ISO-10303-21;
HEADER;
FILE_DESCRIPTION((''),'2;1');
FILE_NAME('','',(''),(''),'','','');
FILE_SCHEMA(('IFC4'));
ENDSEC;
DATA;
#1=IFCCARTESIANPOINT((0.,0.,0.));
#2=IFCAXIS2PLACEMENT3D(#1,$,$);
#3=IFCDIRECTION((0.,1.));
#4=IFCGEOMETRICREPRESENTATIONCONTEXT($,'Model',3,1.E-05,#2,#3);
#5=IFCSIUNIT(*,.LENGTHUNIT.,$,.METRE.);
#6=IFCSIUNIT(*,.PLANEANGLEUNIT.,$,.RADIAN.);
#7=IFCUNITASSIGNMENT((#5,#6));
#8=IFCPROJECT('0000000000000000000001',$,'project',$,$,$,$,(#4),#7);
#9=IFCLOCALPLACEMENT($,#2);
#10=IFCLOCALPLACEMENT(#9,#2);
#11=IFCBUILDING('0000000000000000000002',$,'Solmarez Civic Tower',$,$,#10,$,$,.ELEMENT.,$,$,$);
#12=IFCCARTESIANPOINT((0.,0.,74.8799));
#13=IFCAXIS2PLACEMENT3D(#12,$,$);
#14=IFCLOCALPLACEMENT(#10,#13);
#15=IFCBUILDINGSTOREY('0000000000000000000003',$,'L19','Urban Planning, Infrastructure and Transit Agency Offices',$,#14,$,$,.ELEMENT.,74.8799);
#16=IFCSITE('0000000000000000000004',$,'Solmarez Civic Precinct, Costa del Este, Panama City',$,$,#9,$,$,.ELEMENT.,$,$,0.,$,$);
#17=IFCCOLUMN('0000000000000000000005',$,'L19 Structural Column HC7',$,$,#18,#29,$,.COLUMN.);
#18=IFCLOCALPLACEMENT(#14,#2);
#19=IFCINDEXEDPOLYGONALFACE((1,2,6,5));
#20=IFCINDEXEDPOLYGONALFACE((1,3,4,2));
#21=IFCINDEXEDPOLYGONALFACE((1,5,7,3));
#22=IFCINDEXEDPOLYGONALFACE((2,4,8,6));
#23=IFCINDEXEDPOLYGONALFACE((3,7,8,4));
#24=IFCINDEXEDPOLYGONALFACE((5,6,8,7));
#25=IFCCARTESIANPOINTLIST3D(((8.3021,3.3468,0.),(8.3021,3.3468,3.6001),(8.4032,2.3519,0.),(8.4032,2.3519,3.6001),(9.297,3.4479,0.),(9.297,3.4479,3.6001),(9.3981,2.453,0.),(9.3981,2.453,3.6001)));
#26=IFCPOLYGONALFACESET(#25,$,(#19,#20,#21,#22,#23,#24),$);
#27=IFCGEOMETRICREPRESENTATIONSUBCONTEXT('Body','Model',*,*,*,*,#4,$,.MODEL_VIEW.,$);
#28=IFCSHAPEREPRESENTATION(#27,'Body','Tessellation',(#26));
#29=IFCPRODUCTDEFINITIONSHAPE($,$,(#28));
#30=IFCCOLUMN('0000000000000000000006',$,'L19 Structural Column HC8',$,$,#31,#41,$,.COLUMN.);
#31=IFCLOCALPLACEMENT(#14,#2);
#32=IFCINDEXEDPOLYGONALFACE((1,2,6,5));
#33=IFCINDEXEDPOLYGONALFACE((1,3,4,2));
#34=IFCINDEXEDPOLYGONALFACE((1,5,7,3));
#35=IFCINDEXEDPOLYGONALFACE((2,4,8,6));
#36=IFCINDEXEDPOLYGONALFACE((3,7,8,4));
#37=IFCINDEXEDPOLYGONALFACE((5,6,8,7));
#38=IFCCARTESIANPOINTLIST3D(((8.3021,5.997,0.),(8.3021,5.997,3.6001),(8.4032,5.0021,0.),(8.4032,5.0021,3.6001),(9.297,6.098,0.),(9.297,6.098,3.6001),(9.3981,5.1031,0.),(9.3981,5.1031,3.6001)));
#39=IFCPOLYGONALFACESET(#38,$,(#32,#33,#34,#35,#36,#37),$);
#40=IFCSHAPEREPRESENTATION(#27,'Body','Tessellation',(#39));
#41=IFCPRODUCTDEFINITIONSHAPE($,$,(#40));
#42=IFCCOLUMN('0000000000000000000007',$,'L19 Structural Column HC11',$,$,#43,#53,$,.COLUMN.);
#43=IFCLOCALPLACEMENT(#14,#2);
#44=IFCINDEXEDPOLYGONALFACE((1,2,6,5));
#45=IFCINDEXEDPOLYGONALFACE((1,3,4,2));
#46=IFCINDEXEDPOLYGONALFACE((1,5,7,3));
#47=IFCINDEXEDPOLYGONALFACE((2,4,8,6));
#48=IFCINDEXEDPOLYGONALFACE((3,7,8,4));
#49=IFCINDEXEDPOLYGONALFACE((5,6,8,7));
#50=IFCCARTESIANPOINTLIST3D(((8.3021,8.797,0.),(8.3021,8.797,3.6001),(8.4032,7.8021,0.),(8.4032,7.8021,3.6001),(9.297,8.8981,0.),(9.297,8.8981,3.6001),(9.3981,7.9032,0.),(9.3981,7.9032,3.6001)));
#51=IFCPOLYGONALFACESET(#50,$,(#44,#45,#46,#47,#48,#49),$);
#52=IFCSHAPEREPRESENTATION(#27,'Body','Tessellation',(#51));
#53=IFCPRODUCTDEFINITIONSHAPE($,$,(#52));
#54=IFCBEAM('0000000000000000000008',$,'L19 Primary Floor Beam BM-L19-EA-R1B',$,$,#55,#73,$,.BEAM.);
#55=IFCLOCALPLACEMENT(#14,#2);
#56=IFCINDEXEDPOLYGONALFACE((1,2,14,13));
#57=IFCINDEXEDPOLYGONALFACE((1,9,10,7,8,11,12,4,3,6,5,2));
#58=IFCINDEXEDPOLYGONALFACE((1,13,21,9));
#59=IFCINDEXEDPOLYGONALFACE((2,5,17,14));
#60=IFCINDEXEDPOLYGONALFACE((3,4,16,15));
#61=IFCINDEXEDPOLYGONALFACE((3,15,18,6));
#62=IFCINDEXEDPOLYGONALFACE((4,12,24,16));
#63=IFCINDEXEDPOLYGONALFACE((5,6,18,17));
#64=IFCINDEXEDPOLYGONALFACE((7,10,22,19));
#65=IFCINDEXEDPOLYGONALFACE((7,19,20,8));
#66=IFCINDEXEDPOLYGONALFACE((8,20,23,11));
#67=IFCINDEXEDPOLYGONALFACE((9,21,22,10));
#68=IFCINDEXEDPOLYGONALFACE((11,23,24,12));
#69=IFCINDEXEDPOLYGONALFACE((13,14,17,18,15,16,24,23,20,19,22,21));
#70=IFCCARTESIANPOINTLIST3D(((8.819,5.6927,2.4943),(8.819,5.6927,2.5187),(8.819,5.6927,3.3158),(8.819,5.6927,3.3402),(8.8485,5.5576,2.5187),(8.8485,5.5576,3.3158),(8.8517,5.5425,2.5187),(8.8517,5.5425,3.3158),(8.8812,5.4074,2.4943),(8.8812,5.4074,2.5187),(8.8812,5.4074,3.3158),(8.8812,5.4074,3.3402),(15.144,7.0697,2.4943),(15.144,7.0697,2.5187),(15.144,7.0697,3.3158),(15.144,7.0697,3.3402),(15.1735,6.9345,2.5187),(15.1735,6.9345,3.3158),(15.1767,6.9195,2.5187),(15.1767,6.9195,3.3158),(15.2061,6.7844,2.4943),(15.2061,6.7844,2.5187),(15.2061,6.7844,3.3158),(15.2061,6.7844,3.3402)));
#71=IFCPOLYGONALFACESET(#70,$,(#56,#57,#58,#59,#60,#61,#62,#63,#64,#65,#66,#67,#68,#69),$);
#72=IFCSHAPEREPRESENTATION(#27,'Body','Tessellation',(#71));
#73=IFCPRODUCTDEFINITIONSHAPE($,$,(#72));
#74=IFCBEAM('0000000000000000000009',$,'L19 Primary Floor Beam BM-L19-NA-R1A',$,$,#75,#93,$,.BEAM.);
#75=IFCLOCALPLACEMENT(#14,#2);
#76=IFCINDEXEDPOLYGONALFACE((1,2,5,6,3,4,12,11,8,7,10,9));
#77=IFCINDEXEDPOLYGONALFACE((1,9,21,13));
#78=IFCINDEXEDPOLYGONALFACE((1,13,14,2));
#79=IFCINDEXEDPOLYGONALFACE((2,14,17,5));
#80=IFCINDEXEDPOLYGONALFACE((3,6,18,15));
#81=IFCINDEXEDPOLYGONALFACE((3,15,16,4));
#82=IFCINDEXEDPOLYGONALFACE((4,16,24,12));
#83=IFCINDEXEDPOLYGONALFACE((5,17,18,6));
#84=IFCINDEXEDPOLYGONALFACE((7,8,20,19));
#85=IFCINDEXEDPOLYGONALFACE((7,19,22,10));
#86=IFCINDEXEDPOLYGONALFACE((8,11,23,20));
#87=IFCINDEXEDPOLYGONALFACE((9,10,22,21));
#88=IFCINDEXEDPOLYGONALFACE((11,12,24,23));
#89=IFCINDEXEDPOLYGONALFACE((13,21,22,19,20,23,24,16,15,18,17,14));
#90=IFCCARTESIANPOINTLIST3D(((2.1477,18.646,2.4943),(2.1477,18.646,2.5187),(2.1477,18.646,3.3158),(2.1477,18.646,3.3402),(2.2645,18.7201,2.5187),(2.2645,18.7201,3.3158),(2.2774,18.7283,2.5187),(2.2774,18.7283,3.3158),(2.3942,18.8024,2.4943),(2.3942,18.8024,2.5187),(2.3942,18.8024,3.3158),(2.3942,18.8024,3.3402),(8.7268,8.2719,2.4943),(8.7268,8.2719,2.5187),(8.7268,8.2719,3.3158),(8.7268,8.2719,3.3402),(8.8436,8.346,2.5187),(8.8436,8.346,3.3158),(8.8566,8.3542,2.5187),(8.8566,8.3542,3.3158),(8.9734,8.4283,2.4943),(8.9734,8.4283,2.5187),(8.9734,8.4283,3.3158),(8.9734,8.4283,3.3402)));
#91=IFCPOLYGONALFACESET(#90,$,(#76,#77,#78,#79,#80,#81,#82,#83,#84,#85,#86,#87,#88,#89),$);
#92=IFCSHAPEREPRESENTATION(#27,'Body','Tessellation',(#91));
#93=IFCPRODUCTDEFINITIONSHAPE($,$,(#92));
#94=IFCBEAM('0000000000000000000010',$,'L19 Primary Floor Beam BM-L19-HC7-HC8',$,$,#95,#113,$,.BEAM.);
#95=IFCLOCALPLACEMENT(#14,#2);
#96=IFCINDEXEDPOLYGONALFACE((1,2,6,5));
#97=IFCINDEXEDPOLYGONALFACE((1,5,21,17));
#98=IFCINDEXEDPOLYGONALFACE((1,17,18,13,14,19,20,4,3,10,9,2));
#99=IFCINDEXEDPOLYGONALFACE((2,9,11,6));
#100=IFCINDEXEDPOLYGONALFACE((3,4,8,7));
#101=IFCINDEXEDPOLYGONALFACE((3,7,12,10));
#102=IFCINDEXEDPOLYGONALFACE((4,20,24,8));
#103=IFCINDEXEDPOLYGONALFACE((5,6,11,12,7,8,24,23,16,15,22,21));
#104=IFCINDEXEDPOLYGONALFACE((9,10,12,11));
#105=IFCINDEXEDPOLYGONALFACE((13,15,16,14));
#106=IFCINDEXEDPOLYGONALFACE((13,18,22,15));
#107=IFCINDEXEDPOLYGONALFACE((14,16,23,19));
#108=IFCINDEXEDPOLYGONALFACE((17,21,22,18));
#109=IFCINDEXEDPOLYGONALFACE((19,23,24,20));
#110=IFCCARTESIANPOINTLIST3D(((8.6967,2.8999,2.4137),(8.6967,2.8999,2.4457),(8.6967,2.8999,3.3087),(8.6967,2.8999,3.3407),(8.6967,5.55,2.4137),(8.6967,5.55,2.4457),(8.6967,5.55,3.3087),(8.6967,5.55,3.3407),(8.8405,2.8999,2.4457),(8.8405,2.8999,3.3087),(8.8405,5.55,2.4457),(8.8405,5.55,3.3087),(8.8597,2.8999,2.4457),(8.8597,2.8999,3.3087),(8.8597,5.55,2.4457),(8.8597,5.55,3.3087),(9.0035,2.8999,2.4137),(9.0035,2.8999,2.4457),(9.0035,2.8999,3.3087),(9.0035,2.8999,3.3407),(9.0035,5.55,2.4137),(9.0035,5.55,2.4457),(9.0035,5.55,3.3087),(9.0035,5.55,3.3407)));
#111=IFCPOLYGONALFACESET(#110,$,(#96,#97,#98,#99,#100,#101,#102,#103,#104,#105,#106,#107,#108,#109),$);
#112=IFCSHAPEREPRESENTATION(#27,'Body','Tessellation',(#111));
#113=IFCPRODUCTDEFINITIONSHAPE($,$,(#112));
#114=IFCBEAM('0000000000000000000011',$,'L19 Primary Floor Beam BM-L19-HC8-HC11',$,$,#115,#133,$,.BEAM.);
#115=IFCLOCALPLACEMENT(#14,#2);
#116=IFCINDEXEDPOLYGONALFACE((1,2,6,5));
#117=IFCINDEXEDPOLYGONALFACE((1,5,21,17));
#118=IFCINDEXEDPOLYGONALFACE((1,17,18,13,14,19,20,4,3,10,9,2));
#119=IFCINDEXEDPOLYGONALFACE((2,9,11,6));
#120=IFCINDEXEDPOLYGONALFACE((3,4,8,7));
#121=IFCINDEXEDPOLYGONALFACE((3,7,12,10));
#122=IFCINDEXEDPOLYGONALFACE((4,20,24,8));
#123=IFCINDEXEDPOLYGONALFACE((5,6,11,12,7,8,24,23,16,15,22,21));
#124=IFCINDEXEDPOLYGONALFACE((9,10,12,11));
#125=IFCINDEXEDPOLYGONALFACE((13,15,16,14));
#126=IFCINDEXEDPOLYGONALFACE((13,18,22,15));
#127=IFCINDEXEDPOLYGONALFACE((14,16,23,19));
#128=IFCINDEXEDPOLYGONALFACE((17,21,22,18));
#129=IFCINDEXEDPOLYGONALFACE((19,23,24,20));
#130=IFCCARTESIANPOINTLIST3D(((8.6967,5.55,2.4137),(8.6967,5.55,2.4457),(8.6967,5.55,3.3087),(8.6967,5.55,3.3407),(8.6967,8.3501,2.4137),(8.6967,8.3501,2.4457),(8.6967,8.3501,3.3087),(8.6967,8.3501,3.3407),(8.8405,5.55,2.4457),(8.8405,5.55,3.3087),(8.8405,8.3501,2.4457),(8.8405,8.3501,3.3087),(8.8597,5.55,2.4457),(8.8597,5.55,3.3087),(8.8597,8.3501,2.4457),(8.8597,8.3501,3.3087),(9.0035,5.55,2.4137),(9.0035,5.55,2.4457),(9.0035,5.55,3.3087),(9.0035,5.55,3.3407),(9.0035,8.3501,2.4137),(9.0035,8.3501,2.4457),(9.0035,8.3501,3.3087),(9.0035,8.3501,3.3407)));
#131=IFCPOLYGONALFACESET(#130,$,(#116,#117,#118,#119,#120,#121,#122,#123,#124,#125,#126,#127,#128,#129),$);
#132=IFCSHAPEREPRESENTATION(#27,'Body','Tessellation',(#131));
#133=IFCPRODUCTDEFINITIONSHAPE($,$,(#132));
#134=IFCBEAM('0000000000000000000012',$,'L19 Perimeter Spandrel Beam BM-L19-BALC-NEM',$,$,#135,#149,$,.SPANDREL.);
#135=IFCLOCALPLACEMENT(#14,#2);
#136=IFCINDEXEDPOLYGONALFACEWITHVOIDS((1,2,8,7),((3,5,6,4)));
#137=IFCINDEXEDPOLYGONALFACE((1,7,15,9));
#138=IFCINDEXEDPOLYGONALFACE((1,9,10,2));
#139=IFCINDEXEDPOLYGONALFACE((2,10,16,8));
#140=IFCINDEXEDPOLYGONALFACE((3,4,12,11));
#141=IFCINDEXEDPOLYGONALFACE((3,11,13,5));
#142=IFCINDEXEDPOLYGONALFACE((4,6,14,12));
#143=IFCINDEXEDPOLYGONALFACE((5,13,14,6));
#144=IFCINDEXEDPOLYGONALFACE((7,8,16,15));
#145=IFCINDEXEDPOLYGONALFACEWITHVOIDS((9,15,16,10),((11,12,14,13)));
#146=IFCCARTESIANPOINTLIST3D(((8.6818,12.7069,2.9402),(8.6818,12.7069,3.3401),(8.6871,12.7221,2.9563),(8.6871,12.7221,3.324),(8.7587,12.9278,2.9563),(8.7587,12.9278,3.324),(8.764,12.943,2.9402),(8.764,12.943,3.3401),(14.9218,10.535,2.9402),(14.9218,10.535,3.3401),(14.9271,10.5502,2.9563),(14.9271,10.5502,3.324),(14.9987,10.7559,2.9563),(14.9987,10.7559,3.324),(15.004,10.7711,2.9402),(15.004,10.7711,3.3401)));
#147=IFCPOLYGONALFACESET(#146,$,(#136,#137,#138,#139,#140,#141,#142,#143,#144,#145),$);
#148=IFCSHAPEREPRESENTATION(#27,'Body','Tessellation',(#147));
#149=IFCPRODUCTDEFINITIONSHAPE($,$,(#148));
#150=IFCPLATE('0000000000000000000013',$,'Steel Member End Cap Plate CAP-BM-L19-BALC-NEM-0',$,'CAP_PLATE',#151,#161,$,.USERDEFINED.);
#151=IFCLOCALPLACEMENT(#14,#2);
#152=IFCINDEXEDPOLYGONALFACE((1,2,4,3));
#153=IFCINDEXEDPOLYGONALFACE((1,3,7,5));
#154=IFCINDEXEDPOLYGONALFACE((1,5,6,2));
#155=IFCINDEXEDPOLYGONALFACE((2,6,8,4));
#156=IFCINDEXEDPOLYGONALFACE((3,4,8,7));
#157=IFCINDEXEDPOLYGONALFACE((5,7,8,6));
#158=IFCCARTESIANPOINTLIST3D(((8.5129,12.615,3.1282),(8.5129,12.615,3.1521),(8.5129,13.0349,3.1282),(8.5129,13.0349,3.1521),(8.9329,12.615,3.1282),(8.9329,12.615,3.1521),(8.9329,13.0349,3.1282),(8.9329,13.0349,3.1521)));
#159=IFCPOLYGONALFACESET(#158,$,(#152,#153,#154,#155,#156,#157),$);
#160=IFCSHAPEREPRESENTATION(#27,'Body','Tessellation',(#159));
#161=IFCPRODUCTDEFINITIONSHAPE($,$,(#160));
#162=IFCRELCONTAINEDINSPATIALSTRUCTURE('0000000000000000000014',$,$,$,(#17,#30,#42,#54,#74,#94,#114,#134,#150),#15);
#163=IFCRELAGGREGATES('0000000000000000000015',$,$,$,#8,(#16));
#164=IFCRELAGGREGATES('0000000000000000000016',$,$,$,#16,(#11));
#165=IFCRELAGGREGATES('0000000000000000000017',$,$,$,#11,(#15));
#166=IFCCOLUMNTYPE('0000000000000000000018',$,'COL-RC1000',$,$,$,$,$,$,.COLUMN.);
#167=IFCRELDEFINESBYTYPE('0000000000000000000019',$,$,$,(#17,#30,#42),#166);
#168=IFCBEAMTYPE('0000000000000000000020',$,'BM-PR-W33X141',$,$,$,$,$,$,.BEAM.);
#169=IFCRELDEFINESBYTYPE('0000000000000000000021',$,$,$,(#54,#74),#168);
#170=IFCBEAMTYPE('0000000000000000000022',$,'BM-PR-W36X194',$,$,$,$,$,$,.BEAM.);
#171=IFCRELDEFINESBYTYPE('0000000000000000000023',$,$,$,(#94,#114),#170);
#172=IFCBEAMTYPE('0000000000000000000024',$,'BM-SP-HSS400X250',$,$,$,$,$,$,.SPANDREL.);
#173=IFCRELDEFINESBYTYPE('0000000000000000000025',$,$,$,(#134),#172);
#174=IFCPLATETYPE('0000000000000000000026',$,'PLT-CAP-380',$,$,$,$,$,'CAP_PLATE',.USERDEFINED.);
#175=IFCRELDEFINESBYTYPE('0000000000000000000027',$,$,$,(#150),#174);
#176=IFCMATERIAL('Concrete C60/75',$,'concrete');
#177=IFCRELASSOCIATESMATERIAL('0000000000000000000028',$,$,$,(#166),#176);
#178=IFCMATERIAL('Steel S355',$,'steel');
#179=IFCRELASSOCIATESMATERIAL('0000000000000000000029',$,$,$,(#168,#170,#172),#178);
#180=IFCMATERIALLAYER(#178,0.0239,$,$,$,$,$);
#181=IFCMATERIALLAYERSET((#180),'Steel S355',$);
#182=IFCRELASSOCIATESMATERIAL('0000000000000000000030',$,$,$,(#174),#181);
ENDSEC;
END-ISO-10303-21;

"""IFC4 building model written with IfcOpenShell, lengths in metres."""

from ifc_helpers import new_model, si_unit, direction, frame, origin, origin_2d, place, context, subcontext, project, spatial, rectangle, hollow_rectangle, i_section, extrude, material, layer, layer_set, material_profile, profile_set, type_object, element, save


model = new_model("IFC4")

# Units and contexts
model_context = context("Model", 3, precision=1e-05, world=origin(), true_north=direction((0.0, 1.0)))
body_context = subcontext(model_context, "Body", "Model", "MODEL_VIEW")
ifc_project = project(units=[si_unit("LENGTHUNIT", "METRE"), si_unit("PLANEANGLEUNIT", "RADIAN")], contexts=[model_context])

# Site, building, storey
site_placement = place(None, origin())
site = spatial("IfcSite", under=ifc_project, at=site_placement, Name="Solmarez Civic Precinct, Costa del Este, Panama City", CompositionType="ELEMENT", RefElevation=0.0)
building_placement = place(site_placement, origin())
building = spatial("IfcBuilding", under=site, at=building_placement, Name="Solmarez Civic Tower", CompositionType="ELEMENT")
storey_placement = place(building_placement, frame((0.0, 0.0, 74.8799)))
storey = spatial("IfcBuildingStorey", under=building, at=storey_placement, Name="L19", Description="Urban Planning, Infrastructure and Transit Agency Offices", CompositionType="ELEMENT", Elevation=74.8799)

# Columns
ifc_material_1 = material(Name="Concrete C60/75", Category="concrete")
ifc_material_profile_1 = material_profile(ifc_material_1, rectangle(XDim=1.0, YDim=1.0, at=origin_2d()), Name="RC1000X1000")
ifc_profile_set_1 = profile_set([ifc_material_profile_1], Name="Concrete C60/75")
column_type = type_object("IfcColumnType", Name="COL-RC1000", PredefinedType="COLUMN", material=ifc_profile_set_1)
for number, where, z_axis, x_axis, name in (
    (1, (8.8501, 2.8999, 0.0), (0.0, 0.0, 1.0), (0.994881, 0.101056, 0.0), "L19 Structural Column HC7"),
    (2, (8.8501, 5.55, 0.0), (0.0, 0.0, 1.0), (0.994881, 0.101056, 0.0), "L19 Structural Column HC8"),
    (3, (8.8501, 8.3501, 0.0), (0.0, 0.0, 1.0), (0.994881, 0.101056, 0.0), "L19 Structural Column HC11"),
):
    element("IfcColumn", number, at=place(storey_placement, frame(where, z_axis=z_axis, x_axis=x_axis)), inside=storey, type_object=column_type, Name=name, PredefinedType="COLUMN", context=body_context, shape_type="SweptSolid", body=[
        extrude(rectangle(XDim=1.0, YDim=1.0, at=origin_2d()), origin(), (0.0, 0.0, 1.0), 3.6001),
    ])

# Beams
ifc_material_2 = material(Name="Steel S355", Category="steel")
ifc_material_profile_2 = material_profile(ifc_material_2, i_section(OverallWidth=0.292, OverallDepth=0.8459, WebThickness=0.0154, FlangeThickness=0.0244, at=origin_2d()), Name="W33X141")
ifc_profile_set_2 = profile_set([ifc_material_profile_2], Name="Steel S355")
beam_type_1 = type_object("IfcBeamType", Name="BM-PR-W33X141", PredefinedType="BEAM", material=ifc_profile_set_2)
beam_1_placement = place(storey_placement, frame((8.8501, 5.55, 2.9172), z_axis=(0.977113, 0.212719, 0.0), x_axis=(-0.212719, 0.977113, 0.0)))
element("IfcBeam", 4, at=beam_1_placement, inside=storey, type_object=beam_type_1, Name="L19 Primary Floor Beam BM-L19-EA-R1B", PredefinedType="BEAM", context=body_context, shape_type="SweptSolid", body=[
    extrude(i_section(OverallWidth=0.292, OverallDepth=0.8459, WebThickness=0.0154, FlangeThickness=0.0244, at=origin_2d()), origin(), (0.0, 0.0, 1.0), 6.4731),
])
beam_2_placement = place(storey_placement, frame((8.8501, 8.3501, 2.9172), z_axis=(-0.535568, 0.844492, 0.0), x_axis=(-0.844492, -0.535568, 0.0)))
element("IfcBeam", 5, at=beam_2_placement, inside=storey, type_object=beam_type_1, Name="L19 Primary Floor Beam BM-L19-NA-R1A", PredefinedType="BEAM", context=body_context, shape_type="SweptSolid", body=[
    extrude(i_section(OverallWidth=0.292, OverallDepth=0.8459, WebThickness=0.0154, FlangeThickness=0.0244, at=origin_2d()), origin(), (0.0, 0.0, 1.0), 12.2844),
])
ifc_material_profile_3 = material_profile(ifc_material_2, i_section(OverallWidth=0.3069, OverallDepth=0.927, WebThickness=0.0193, FlangeThickness=0.032, at=origin_2d()), Name="W36X194")
ifc_profile_set_3 = profile_set([ifc_material_profile_3], Name="Steel S355")
beam_type_2 = type_object("IfcBeamType", Name="BM-PR-W36X194", PredefinedType="BEAM", material=ifc_profile_set_3)
beam_3_placement = place(storey_placement, frame((8.8501, 2.8999, 2.8772), z_axis=(0.0, 1.0, 0.0), x_axis=(-1.0, 0.0, 0.0)))
element("IfcBeam", 6, at=beam_3_placement, inside=storey, type_object=beam_type_2, Name="L19 Primary Floor Beam BM-L19-HC7-HC8", PredefinedType="BEAM", context=body_context, shape_type="SweptSolid", body=[
    extrude(i_section(OverallWidth=0.3069, OverallDepth=0.927, WebThickness=0.0193, FlangeThickness=0.032, at=origin_2d()), origin(), (0.0, 0.0, 1.0), 2.6501),
])
beam_4_placement = place(storey_placement, frame((8.8501, 5.55, 2.8772), z_axis=(0.0, 1.0, 0.0), x_axis=(-1.0, 0.0, 0.0)))
element("IfcBeam", 7, at=beam_4_placement, inside=storey, type_object=beam_type_2, Name="L19 Primary Floor Beam BM-L19-HC8-HC11", PredefinedType="BEAM", context=body_context, shape_type="SweptSolid", body=[
    extrude(i_section(OverallWidth=0.3069, OverallDepth=0.927, WebThickness=0.0193, FlangeThickness=0.032, at=origin_2d()), origin(), (0.0, 0.0, 1.0), 2.8),
])
ifc_material_profile_4 = material_profile(ifc_material_2, hollow_rectangle(XDim=0.25, YDim=0.3999, WallThickness=0.0161, at=origin_2d()), Name="HSS400X250X16")
ifc_profile_set_4 = profile_set([ifc_material_profile_4], Name="Steel S355")
beam_type_3 = type_object("IfcBeamType", Name="BM-SP-HSS400X250", PredefinedType="SPANDREL", material=ifc_profile_set_4)
beam_5_placement = place(storey_placement, frame((8.7229, 12.825, 3.1401), z_axis=(0.944429, -0.328716, 0.0), x_axis=(0.328716, 0.944429, 0.0)))
element("IfcBeam", 8, at=beam_5_placement, inside=storey, type_object=beam_type_3, Name="L19 Perimeter Spandrel Beam BM-L19-BALC-NEM", PredefinedType="SPANDREL", context=body_context, shape_type="SweptSolid", body=[
    extrude(hollow_rectangle(XDim=0.25, YDim=0.3999, WallThickness=0.0161, at=origin_2d()), origin(), (0.0, 0.0, 1.0), 6.6072),
])

# Plate
ifc_layer_1 = layer(ifc_material_2, 0.0239)
ifc_layer_set_1 = layer_set([ifc_layer_1], Name="Steel S355")
plate_type = type_object("IfcPlateType", Name="PLT-CAP-380", ElementType="CAP_PLATE", PredefinedType="USERDEFINED", material=ifc_layer_set_1)
plate_placement = place(storey_placement, frame((8.7229, 12.825, 3.1282), z_axis=(0.0, 0.0, 1.0), x_axis=(1.0, 0.0, 0.0)))
element("IfcPlate", 9, at=plate_placement, inside=storey, type_object=plate_type, Name="Steel Member End Cap Plate CAP-BM-L19-BALC-NEM-0", ObjectType="CAP_PLATE", PredefinedType="USERDEFINED", context=body_context, shape_type="SweptSolid", body=[
    extrude(rectangle(XDim=0.4199, YDim=0.4199, at=origin_2d()), origin(), (0.0, 0.0, 1.0), 0.0239),
])

save(model, "model.ifc")
